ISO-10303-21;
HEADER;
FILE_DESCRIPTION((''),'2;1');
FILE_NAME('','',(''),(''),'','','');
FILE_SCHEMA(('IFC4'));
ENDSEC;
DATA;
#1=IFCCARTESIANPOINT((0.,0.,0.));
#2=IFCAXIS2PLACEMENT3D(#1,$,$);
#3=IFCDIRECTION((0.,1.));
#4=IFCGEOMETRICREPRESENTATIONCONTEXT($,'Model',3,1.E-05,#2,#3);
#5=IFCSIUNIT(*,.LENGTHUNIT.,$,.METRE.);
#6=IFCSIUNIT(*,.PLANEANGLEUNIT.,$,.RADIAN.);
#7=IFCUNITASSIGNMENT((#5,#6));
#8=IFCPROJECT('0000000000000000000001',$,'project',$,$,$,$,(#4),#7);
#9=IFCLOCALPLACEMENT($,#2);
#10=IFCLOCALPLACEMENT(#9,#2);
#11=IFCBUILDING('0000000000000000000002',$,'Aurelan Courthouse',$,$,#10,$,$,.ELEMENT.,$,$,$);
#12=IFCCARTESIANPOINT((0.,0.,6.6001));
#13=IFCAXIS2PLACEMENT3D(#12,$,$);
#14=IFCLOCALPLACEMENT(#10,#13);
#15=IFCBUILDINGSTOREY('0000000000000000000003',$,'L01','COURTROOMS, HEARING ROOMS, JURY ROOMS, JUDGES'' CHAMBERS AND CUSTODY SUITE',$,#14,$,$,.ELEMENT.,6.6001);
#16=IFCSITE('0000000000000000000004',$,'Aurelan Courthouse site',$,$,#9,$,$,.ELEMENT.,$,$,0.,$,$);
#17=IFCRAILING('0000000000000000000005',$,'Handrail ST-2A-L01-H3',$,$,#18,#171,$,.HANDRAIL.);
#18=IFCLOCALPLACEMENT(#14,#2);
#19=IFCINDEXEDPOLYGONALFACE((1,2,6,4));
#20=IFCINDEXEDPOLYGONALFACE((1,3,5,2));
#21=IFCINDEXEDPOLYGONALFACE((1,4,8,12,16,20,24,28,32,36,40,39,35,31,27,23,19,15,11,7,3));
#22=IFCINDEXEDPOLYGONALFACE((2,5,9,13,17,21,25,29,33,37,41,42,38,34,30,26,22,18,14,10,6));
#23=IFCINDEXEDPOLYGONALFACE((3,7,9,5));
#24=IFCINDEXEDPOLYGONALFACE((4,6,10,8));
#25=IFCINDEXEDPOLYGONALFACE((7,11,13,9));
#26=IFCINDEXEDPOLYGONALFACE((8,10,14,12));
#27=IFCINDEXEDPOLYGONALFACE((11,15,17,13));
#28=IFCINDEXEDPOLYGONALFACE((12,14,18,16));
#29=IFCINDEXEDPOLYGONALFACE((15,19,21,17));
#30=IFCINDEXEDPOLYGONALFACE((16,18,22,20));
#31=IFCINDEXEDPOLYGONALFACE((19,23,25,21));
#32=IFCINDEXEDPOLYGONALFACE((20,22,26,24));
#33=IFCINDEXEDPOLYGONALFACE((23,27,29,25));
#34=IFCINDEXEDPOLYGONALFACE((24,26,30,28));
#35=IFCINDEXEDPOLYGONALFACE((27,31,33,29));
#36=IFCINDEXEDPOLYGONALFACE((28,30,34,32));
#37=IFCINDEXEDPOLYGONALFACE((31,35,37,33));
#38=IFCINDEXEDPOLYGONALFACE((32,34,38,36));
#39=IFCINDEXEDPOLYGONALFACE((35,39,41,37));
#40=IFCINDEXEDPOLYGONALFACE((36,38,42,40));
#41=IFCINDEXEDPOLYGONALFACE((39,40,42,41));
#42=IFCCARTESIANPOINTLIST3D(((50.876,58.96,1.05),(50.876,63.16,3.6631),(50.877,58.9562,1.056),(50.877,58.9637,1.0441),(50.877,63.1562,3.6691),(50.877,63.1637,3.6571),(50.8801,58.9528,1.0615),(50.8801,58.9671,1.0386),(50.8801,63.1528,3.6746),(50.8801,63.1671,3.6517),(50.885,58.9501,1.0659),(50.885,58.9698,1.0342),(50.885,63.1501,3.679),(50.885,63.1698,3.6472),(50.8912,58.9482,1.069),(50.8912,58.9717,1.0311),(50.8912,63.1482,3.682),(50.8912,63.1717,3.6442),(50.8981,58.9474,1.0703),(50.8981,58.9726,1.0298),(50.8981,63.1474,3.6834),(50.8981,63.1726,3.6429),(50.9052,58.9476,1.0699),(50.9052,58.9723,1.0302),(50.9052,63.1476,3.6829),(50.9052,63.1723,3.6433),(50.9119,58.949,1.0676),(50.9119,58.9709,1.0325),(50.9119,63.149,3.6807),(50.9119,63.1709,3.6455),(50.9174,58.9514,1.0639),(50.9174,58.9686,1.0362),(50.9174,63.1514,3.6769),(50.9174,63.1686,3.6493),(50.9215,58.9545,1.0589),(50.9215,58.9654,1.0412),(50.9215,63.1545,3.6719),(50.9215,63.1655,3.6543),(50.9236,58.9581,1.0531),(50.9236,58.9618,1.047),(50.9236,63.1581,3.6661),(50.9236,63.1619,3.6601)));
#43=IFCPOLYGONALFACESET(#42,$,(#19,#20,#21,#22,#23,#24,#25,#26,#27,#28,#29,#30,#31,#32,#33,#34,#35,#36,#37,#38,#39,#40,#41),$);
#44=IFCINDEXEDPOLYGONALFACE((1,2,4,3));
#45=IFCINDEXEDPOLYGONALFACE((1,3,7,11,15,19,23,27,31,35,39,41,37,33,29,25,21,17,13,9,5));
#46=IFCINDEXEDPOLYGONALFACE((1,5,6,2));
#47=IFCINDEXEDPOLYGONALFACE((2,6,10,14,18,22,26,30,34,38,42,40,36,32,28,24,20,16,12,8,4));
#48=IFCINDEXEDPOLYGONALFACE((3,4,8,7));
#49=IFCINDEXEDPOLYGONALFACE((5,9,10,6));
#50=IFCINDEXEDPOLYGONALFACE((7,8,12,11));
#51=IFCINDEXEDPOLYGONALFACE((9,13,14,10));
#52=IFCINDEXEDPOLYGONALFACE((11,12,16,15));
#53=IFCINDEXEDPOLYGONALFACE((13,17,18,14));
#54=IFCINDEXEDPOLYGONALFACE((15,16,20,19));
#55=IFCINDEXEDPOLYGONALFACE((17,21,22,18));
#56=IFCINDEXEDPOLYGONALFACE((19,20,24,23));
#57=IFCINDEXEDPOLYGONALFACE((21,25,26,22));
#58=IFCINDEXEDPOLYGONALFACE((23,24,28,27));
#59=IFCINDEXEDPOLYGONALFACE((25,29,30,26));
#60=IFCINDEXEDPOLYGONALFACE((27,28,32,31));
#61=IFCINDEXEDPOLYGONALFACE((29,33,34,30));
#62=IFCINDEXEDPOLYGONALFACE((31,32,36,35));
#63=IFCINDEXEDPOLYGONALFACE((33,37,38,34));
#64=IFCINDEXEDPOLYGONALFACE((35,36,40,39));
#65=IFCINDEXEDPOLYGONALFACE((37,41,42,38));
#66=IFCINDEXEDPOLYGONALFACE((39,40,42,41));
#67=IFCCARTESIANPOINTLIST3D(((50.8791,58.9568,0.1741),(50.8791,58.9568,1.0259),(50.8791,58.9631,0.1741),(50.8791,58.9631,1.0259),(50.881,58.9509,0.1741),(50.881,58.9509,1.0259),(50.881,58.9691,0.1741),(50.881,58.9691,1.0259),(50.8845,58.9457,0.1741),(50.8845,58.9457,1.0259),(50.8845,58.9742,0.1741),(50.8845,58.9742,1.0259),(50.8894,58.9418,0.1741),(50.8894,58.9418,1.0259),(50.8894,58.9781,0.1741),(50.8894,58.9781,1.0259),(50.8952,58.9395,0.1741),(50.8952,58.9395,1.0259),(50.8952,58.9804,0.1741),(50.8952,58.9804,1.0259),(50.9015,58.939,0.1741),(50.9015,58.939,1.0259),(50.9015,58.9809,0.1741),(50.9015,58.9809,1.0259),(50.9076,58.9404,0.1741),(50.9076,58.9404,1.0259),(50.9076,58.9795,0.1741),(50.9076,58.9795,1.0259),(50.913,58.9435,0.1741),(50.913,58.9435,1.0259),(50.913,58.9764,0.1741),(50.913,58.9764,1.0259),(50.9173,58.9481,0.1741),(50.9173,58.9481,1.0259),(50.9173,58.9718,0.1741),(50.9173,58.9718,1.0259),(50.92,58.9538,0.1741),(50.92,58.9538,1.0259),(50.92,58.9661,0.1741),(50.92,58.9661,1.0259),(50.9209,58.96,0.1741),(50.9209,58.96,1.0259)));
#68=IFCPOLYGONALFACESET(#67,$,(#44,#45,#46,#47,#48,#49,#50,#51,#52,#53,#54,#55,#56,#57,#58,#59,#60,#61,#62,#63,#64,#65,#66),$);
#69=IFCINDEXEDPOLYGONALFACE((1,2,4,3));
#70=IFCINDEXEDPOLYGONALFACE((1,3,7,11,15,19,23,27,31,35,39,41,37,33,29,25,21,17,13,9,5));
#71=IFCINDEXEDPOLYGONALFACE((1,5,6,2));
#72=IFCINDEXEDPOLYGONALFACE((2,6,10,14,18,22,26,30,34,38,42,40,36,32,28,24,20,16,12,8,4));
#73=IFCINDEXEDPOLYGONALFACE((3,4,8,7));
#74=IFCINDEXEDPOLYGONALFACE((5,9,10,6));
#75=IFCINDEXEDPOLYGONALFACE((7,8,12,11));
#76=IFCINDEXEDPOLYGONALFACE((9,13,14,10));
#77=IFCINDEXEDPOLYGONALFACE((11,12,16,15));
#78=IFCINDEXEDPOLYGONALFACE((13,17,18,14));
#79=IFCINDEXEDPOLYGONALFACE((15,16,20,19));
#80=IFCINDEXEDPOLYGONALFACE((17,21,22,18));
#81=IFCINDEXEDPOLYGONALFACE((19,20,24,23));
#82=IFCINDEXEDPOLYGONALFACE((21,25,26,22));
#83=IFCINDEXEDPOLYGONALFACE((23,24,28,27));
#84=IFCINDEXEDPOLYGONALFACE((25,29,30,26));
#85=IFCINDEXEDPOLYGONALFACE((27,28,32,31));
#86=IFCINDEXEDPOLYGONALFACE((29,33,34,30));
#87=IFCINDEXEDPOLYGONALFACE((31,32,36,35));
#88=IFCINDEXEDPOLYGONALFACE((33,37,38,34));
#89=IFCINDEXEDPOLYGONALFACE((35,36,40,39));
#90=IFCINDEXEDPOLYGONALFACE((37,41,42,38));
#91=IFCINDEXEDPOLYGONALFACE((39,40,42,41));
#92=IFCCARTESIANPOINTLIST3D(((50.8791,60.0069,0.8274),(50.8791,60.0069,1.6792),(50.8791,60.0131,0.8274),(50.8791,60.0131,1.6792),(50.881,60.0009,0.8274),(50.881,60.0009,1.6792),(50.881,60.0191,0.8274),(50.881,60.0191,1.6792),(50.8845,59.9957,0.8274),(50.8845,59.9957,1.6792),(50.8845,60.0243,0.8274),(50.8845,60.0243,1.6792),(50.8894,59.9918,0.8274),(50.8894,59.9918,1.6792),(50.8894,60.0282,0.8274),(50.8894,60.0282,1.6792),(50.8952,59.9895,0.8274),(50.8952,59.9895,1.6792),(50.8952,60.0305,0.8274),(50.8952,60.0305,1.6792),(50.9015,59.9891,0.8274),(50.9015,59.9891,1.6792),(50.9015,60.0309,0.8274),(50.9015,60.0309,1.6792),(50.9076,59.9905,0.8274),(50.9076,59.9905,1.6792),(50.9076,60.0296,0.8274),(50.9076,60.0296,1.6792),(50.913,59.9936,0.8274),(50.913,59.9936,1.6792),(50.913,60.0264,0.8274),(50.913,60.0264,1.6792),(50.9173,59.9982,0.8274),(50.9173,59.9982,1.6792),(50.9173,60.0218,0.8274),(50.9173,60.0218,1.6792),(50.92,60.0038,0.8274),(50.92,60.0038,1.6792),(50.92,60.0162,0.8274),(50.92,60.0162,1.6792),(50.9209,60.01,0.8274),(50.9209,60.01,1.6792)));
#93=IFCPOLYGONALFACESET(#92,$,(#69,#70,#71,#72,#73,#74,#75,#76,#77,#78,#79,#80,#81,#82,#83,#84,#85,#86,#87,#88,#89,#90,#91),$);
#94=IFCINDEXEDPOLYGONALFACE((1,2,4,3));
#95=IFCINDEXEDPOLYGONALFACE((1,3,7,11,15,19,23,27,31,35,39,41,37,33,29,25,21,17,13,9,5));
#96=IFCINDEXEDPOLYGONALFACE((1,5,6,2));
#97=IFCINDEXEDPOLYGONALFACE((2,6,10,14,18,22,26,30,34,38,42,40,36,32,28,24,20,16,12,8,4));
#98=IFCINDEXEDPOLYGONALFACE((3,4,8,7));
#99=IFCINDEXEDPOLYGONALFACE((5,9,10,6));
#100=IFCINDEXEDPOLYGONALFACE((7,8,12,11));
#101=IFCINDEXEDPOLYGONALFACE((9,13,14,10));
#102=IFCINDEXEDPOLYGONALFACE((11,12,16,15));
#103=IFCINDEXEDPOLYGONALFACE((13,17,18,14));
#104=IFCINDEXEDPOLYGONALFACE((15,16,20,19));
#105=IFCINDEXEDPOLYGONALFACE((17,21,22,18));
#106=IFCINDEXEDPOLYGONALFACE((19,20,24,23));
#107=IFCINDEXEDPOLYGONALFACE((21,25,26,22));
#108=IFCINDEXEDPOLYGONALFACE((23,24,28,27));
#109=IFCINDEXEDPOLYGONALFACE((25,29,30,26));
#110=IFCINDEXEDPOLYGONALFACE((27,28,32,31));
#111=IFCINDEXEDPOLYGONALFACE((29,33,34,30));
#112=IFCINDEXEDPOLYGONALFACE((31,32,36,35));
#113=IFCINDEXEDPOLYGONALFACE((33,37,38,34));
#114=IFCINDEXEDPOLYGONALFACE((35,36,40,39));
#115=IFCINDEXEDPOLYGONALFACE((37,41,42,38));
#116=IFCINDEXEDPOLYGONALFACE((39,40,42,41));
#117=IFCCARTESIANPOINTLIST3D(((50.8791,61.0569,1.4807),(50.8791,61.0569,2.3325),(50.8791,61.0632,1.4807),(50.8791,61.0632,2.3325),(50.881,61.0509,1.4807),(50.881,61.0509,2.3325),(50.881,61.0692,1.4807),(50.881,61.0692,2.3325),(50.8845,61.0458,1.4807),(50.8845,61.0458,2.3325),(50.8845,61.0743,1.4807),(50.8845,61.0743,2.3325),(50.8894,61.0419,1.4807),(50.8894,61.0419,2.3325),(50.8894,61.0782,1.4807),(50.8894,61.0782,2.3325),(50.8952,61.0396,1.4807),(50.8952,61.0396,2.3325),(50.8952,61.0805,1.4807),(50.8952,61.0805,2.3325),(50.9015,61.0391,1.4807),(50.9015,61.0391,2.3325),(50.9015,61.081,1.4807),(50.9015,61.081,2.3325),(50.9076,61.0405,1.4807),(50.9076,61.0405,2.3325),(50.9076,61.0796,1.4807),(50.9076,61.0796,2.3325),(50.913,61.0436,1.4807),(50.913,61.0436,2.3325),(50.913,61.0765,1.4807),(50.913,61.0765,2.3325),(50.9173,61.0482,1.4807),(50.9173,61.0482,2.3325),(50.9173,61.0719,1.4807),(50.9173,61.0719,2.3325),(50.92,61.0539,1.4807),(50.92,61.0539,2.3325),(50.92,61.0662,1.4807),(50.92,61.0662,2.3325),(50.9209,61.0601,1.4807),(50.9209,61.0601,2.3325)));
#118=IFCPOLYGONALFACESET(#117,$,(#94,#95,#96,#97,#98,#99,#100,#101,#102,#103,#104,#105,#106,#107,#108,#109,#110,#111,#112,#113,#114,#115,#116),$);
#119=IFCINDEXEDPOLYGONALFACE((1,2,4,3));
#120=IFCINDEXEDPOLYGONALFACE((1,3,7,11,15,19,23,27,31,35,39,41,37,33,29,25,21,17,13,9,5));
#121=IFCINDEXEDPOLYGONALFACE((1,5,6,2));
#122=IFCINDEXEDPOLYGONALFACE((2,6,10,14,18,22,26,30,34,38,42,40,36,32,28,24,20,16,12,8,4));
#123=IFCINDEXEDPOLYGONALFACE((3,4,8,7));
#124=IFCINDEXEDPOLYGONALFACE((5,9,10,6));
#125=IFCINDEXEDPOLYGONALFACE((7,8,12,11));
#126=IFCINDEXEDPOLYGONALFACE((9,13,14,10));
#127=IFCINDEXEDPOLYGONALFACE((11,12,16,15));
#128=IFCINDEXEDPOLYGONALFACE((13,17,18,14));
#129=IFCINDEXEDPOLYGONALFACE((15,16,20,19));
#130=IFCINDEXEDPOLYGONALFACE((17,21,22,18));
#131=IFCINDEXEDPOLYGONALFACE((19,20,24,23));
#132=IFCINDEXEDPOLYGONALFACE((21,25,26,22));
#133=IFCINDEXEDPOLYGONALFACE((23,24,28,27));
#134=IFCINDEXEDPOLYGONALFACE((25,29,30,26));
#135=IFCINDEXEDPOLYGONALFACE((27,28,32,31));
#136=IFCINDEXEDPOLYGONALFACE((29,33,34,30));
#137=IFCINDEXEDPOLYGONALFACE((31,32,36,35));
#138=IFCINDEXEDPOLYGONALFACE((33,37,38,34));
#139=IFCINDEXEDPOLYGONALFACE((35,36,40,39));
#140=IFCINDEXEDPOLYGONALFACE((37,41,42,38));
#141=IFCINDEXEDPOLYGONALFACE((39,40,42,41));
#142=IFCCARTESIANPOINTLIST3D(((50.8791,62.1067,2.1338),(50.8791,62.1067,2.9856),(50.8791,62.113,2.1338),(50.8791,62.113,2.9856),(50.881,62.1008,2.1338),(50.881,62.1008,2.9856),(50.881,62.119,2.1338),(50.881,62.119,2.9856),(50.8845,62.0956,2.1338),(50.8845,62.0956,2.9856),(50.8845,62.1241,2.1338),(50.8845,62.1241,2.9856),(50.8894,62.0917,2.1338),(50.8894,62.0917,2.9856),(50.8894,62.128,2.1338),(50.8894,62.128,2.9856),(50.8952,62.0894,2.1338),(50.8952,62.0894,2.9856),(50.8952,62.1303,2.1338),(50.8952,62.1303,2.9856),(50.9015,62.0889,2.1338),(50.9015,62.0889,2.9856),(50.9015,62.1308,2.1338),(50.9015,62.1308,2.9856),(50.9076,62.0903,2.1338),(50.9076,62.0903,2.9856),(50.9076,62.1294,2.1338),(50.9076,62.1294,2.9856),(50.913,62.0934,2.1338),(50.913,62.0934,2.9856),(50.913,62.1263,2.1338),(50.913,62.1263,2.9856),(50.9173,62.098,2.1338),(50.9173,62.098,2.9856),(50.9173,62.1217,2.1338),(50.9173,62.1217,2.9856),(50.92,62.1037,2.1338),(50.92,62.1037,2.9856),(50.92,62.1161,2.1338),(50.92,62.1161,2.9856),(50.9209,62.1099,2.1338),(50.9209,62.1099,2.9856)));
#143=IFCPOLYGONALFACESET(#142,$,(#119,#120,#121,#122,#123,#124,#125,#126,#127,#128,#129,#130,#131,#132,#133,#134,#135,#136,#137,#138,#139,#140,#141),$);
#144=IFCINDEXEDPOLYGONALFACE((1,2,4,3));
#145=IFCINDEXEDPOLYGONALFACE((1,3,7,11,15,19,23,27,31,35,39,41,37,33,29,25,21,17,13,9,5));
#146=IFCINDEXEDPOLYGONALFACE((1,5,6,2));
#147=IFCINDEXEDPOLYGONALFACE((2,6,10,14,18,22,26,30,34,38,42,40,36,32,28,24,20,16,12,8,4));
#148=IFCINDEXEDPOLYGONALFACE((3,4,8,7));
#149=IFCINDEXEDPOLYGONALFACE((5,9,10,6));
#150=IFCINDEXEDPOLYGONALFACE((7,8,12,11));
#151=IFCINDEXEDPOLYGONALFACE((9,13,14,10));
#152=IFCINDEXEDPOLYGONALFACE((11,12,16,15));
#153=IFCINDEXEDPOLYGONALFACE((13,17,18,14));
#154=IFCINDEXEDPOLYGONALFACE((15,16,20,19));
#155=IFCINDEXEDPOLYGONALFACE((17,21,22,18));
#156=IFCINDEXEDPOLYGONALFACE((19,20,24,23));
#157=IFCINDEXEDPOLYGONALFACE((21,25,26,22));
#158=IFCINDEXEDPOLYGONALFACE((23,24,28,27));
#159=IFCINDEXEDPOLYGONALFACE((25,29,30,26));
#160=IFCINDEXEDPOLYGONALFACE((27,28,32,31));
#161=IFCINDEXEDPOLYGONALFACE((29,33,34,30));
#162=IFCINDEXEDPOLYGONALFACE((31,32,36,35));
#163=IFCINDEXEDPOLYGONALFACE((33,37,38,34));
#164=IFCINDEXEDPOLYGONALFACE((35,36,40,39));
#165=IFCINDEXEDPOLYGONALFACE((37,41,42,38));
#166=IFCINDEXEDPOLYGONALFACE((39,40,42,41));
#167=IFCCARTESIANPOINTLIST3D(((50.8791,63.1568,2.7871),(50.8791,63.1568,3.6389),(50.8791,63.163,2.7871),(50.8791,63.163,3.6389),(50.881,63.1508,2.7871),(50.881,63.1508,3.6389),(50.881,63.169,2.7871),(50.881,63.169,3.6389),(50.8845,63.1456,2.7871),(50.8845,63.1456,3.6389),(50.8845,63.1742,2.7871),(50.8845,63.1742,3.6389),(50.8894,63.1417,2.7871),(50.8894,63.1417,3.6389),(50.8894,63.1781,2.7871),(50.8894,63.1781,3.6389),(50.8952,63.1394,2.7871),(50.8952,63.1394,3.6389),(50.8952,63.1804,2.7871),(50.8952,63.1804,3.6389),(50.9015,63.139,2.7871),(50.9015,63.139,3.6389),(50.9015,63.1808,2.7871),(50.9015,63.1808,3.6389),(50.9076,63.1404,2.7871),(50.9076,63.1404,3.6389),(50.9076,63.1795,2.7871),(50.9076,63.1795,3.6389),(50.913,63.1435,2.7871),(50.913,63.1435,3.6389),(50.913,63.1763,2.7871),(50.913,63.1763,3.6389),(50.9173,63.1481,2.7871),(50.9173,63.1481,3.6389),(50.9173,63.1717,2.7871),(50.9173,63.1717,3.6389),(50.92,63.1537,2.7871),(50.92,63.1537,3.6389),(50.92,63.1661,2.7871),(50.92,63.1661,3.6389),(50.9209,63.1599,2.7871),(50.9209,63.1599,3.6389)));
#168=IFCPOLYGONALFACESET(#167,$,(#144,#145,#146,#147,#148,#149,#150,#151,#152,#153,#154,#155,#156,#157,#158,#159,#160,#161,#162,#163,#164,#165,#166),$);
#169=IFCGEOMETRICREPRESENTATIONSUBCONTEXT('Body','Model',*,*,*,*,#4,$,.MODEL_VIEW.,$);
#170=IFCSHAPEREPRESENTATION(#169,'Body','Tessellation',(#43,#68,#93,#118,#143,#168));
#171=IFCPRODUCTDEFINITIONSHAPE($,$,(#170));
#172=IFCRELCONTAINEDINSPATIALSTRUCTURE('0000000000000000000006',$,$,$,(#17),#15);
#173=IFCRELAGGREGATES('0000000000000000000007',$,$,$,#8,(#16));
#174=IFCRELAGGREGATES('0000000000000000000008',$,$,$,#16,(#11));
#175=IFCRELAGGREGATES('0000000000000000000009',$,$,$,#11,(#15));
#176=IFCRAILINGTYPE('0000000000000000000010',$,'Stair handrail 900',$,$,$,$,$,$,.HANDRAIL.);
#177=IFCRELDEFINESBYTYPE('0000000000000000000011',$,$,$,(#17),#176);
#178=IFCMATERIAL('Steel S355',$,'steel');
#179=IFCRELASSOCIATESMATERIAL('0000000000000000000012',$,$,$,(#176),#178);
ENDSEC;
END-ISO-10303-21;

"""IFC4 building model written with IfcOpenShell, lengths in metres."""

from ifc_helpers import new_model, si_unit, direction, frame, origin, origin_2d, place, context, subcontext, project, spatial, circle, extrude, material, type_object, element, save


model = new_model("IFC4")

# Units and contexts
model_context = context("Model", 3, precision=1e-05, world=origin(), true_north=direction((0.0, 1.0)))
body_context = subcontext(model_context, "Body", "Model", "MODEL_VIEW")
ifc_project = project(units=[si_unit("LENGTHUNIT", "METRE"), si_unit("PLANEANGLEUNIT", "RADIAN")], contexts=[model_context])

# Site, building, storey
site_placement = place(None, origin())
site = spatial("IfcSite", under=ifc_project, at=site_placement, Name="Aurelan Courthouse site", CompositionType="ELEMENT", RefElevation=0.0)
building_placement = place(site_placement, origin())
building = spatial("IfcBuilding", under=site, at=building_placement, Name="Aurelan Courthouse", CompositionType="ELEMENT")
storey_placement = place(building_placement, frame((0.0, 0.0, 6.6001)))
storey = spatial("IfcBuildingStorey", under=building, at=storey_placement, Name="L01", Description="COURTROOMS, HEARING ROOMS, JURY ROOMS, JUDGES' CHAMBERS AND CUSTODY SUITE", CompositionType="ELEMENT", Elevation=6.6001)

# Railing
ifc_material_1 = material(Name="Steel S355", Category="steel")
railing_type_1 = type_object("IfcRailingType", Name="Stair handrail 900", PredefinedType="HANDRAIL", material=ifc_material_1)
for number, where, name in (
    (1, (50.8999, 58.96, 0.1741), "Handrail ST-2A-L01-H3"),
):
    element("IfcRailing", number, at=place(storey_placement, frame(where)), inside=storey, type_object=railing_type_1, Name=name, PredefinedType="HANDRAIL", context=body_context, shape_type="SweptSolid", body=[
        extrude(circle(Radius=0.0239, at=origin_2d()), frame((0.0, 0.0, 0.876), z_axis=(0.0, 0.849081, 0.528263), x_axis=(-1.0, 0.0, 0.0)), (0.0, 0.0, 1.0), 4.9465),
        extrude(circle(Radius=0.021, at=origin_2d()), origin(), (0.0, 0.0, 1.0), 0.8518),
        extrude(circle(Radius=0.021, at=origin_2d()), frame((0.0, 1.05, 0.6533)), (0.0, 0.0, 1.0), 0.8518),
        extrude(circle(Radius=0.021, at=origin_2d()), frame((0.0, 2.1001, 1.3066)), (0.0, 0.0, 1.0), 0.8518),
        extrude(circle(Radius=0.021, at=origin_2d()), frame((0.0, 3.1499, 1.9597)), (0.0, 0.0, 1.0), 0.8518),
        extrude(circle(Radius=0.021, at=origin_2d()), frame((0.0, 4.2, 2.613)), (0.0, 0.0, 1.0), 0.8518),
    ])

save(model, "model.ifc")
